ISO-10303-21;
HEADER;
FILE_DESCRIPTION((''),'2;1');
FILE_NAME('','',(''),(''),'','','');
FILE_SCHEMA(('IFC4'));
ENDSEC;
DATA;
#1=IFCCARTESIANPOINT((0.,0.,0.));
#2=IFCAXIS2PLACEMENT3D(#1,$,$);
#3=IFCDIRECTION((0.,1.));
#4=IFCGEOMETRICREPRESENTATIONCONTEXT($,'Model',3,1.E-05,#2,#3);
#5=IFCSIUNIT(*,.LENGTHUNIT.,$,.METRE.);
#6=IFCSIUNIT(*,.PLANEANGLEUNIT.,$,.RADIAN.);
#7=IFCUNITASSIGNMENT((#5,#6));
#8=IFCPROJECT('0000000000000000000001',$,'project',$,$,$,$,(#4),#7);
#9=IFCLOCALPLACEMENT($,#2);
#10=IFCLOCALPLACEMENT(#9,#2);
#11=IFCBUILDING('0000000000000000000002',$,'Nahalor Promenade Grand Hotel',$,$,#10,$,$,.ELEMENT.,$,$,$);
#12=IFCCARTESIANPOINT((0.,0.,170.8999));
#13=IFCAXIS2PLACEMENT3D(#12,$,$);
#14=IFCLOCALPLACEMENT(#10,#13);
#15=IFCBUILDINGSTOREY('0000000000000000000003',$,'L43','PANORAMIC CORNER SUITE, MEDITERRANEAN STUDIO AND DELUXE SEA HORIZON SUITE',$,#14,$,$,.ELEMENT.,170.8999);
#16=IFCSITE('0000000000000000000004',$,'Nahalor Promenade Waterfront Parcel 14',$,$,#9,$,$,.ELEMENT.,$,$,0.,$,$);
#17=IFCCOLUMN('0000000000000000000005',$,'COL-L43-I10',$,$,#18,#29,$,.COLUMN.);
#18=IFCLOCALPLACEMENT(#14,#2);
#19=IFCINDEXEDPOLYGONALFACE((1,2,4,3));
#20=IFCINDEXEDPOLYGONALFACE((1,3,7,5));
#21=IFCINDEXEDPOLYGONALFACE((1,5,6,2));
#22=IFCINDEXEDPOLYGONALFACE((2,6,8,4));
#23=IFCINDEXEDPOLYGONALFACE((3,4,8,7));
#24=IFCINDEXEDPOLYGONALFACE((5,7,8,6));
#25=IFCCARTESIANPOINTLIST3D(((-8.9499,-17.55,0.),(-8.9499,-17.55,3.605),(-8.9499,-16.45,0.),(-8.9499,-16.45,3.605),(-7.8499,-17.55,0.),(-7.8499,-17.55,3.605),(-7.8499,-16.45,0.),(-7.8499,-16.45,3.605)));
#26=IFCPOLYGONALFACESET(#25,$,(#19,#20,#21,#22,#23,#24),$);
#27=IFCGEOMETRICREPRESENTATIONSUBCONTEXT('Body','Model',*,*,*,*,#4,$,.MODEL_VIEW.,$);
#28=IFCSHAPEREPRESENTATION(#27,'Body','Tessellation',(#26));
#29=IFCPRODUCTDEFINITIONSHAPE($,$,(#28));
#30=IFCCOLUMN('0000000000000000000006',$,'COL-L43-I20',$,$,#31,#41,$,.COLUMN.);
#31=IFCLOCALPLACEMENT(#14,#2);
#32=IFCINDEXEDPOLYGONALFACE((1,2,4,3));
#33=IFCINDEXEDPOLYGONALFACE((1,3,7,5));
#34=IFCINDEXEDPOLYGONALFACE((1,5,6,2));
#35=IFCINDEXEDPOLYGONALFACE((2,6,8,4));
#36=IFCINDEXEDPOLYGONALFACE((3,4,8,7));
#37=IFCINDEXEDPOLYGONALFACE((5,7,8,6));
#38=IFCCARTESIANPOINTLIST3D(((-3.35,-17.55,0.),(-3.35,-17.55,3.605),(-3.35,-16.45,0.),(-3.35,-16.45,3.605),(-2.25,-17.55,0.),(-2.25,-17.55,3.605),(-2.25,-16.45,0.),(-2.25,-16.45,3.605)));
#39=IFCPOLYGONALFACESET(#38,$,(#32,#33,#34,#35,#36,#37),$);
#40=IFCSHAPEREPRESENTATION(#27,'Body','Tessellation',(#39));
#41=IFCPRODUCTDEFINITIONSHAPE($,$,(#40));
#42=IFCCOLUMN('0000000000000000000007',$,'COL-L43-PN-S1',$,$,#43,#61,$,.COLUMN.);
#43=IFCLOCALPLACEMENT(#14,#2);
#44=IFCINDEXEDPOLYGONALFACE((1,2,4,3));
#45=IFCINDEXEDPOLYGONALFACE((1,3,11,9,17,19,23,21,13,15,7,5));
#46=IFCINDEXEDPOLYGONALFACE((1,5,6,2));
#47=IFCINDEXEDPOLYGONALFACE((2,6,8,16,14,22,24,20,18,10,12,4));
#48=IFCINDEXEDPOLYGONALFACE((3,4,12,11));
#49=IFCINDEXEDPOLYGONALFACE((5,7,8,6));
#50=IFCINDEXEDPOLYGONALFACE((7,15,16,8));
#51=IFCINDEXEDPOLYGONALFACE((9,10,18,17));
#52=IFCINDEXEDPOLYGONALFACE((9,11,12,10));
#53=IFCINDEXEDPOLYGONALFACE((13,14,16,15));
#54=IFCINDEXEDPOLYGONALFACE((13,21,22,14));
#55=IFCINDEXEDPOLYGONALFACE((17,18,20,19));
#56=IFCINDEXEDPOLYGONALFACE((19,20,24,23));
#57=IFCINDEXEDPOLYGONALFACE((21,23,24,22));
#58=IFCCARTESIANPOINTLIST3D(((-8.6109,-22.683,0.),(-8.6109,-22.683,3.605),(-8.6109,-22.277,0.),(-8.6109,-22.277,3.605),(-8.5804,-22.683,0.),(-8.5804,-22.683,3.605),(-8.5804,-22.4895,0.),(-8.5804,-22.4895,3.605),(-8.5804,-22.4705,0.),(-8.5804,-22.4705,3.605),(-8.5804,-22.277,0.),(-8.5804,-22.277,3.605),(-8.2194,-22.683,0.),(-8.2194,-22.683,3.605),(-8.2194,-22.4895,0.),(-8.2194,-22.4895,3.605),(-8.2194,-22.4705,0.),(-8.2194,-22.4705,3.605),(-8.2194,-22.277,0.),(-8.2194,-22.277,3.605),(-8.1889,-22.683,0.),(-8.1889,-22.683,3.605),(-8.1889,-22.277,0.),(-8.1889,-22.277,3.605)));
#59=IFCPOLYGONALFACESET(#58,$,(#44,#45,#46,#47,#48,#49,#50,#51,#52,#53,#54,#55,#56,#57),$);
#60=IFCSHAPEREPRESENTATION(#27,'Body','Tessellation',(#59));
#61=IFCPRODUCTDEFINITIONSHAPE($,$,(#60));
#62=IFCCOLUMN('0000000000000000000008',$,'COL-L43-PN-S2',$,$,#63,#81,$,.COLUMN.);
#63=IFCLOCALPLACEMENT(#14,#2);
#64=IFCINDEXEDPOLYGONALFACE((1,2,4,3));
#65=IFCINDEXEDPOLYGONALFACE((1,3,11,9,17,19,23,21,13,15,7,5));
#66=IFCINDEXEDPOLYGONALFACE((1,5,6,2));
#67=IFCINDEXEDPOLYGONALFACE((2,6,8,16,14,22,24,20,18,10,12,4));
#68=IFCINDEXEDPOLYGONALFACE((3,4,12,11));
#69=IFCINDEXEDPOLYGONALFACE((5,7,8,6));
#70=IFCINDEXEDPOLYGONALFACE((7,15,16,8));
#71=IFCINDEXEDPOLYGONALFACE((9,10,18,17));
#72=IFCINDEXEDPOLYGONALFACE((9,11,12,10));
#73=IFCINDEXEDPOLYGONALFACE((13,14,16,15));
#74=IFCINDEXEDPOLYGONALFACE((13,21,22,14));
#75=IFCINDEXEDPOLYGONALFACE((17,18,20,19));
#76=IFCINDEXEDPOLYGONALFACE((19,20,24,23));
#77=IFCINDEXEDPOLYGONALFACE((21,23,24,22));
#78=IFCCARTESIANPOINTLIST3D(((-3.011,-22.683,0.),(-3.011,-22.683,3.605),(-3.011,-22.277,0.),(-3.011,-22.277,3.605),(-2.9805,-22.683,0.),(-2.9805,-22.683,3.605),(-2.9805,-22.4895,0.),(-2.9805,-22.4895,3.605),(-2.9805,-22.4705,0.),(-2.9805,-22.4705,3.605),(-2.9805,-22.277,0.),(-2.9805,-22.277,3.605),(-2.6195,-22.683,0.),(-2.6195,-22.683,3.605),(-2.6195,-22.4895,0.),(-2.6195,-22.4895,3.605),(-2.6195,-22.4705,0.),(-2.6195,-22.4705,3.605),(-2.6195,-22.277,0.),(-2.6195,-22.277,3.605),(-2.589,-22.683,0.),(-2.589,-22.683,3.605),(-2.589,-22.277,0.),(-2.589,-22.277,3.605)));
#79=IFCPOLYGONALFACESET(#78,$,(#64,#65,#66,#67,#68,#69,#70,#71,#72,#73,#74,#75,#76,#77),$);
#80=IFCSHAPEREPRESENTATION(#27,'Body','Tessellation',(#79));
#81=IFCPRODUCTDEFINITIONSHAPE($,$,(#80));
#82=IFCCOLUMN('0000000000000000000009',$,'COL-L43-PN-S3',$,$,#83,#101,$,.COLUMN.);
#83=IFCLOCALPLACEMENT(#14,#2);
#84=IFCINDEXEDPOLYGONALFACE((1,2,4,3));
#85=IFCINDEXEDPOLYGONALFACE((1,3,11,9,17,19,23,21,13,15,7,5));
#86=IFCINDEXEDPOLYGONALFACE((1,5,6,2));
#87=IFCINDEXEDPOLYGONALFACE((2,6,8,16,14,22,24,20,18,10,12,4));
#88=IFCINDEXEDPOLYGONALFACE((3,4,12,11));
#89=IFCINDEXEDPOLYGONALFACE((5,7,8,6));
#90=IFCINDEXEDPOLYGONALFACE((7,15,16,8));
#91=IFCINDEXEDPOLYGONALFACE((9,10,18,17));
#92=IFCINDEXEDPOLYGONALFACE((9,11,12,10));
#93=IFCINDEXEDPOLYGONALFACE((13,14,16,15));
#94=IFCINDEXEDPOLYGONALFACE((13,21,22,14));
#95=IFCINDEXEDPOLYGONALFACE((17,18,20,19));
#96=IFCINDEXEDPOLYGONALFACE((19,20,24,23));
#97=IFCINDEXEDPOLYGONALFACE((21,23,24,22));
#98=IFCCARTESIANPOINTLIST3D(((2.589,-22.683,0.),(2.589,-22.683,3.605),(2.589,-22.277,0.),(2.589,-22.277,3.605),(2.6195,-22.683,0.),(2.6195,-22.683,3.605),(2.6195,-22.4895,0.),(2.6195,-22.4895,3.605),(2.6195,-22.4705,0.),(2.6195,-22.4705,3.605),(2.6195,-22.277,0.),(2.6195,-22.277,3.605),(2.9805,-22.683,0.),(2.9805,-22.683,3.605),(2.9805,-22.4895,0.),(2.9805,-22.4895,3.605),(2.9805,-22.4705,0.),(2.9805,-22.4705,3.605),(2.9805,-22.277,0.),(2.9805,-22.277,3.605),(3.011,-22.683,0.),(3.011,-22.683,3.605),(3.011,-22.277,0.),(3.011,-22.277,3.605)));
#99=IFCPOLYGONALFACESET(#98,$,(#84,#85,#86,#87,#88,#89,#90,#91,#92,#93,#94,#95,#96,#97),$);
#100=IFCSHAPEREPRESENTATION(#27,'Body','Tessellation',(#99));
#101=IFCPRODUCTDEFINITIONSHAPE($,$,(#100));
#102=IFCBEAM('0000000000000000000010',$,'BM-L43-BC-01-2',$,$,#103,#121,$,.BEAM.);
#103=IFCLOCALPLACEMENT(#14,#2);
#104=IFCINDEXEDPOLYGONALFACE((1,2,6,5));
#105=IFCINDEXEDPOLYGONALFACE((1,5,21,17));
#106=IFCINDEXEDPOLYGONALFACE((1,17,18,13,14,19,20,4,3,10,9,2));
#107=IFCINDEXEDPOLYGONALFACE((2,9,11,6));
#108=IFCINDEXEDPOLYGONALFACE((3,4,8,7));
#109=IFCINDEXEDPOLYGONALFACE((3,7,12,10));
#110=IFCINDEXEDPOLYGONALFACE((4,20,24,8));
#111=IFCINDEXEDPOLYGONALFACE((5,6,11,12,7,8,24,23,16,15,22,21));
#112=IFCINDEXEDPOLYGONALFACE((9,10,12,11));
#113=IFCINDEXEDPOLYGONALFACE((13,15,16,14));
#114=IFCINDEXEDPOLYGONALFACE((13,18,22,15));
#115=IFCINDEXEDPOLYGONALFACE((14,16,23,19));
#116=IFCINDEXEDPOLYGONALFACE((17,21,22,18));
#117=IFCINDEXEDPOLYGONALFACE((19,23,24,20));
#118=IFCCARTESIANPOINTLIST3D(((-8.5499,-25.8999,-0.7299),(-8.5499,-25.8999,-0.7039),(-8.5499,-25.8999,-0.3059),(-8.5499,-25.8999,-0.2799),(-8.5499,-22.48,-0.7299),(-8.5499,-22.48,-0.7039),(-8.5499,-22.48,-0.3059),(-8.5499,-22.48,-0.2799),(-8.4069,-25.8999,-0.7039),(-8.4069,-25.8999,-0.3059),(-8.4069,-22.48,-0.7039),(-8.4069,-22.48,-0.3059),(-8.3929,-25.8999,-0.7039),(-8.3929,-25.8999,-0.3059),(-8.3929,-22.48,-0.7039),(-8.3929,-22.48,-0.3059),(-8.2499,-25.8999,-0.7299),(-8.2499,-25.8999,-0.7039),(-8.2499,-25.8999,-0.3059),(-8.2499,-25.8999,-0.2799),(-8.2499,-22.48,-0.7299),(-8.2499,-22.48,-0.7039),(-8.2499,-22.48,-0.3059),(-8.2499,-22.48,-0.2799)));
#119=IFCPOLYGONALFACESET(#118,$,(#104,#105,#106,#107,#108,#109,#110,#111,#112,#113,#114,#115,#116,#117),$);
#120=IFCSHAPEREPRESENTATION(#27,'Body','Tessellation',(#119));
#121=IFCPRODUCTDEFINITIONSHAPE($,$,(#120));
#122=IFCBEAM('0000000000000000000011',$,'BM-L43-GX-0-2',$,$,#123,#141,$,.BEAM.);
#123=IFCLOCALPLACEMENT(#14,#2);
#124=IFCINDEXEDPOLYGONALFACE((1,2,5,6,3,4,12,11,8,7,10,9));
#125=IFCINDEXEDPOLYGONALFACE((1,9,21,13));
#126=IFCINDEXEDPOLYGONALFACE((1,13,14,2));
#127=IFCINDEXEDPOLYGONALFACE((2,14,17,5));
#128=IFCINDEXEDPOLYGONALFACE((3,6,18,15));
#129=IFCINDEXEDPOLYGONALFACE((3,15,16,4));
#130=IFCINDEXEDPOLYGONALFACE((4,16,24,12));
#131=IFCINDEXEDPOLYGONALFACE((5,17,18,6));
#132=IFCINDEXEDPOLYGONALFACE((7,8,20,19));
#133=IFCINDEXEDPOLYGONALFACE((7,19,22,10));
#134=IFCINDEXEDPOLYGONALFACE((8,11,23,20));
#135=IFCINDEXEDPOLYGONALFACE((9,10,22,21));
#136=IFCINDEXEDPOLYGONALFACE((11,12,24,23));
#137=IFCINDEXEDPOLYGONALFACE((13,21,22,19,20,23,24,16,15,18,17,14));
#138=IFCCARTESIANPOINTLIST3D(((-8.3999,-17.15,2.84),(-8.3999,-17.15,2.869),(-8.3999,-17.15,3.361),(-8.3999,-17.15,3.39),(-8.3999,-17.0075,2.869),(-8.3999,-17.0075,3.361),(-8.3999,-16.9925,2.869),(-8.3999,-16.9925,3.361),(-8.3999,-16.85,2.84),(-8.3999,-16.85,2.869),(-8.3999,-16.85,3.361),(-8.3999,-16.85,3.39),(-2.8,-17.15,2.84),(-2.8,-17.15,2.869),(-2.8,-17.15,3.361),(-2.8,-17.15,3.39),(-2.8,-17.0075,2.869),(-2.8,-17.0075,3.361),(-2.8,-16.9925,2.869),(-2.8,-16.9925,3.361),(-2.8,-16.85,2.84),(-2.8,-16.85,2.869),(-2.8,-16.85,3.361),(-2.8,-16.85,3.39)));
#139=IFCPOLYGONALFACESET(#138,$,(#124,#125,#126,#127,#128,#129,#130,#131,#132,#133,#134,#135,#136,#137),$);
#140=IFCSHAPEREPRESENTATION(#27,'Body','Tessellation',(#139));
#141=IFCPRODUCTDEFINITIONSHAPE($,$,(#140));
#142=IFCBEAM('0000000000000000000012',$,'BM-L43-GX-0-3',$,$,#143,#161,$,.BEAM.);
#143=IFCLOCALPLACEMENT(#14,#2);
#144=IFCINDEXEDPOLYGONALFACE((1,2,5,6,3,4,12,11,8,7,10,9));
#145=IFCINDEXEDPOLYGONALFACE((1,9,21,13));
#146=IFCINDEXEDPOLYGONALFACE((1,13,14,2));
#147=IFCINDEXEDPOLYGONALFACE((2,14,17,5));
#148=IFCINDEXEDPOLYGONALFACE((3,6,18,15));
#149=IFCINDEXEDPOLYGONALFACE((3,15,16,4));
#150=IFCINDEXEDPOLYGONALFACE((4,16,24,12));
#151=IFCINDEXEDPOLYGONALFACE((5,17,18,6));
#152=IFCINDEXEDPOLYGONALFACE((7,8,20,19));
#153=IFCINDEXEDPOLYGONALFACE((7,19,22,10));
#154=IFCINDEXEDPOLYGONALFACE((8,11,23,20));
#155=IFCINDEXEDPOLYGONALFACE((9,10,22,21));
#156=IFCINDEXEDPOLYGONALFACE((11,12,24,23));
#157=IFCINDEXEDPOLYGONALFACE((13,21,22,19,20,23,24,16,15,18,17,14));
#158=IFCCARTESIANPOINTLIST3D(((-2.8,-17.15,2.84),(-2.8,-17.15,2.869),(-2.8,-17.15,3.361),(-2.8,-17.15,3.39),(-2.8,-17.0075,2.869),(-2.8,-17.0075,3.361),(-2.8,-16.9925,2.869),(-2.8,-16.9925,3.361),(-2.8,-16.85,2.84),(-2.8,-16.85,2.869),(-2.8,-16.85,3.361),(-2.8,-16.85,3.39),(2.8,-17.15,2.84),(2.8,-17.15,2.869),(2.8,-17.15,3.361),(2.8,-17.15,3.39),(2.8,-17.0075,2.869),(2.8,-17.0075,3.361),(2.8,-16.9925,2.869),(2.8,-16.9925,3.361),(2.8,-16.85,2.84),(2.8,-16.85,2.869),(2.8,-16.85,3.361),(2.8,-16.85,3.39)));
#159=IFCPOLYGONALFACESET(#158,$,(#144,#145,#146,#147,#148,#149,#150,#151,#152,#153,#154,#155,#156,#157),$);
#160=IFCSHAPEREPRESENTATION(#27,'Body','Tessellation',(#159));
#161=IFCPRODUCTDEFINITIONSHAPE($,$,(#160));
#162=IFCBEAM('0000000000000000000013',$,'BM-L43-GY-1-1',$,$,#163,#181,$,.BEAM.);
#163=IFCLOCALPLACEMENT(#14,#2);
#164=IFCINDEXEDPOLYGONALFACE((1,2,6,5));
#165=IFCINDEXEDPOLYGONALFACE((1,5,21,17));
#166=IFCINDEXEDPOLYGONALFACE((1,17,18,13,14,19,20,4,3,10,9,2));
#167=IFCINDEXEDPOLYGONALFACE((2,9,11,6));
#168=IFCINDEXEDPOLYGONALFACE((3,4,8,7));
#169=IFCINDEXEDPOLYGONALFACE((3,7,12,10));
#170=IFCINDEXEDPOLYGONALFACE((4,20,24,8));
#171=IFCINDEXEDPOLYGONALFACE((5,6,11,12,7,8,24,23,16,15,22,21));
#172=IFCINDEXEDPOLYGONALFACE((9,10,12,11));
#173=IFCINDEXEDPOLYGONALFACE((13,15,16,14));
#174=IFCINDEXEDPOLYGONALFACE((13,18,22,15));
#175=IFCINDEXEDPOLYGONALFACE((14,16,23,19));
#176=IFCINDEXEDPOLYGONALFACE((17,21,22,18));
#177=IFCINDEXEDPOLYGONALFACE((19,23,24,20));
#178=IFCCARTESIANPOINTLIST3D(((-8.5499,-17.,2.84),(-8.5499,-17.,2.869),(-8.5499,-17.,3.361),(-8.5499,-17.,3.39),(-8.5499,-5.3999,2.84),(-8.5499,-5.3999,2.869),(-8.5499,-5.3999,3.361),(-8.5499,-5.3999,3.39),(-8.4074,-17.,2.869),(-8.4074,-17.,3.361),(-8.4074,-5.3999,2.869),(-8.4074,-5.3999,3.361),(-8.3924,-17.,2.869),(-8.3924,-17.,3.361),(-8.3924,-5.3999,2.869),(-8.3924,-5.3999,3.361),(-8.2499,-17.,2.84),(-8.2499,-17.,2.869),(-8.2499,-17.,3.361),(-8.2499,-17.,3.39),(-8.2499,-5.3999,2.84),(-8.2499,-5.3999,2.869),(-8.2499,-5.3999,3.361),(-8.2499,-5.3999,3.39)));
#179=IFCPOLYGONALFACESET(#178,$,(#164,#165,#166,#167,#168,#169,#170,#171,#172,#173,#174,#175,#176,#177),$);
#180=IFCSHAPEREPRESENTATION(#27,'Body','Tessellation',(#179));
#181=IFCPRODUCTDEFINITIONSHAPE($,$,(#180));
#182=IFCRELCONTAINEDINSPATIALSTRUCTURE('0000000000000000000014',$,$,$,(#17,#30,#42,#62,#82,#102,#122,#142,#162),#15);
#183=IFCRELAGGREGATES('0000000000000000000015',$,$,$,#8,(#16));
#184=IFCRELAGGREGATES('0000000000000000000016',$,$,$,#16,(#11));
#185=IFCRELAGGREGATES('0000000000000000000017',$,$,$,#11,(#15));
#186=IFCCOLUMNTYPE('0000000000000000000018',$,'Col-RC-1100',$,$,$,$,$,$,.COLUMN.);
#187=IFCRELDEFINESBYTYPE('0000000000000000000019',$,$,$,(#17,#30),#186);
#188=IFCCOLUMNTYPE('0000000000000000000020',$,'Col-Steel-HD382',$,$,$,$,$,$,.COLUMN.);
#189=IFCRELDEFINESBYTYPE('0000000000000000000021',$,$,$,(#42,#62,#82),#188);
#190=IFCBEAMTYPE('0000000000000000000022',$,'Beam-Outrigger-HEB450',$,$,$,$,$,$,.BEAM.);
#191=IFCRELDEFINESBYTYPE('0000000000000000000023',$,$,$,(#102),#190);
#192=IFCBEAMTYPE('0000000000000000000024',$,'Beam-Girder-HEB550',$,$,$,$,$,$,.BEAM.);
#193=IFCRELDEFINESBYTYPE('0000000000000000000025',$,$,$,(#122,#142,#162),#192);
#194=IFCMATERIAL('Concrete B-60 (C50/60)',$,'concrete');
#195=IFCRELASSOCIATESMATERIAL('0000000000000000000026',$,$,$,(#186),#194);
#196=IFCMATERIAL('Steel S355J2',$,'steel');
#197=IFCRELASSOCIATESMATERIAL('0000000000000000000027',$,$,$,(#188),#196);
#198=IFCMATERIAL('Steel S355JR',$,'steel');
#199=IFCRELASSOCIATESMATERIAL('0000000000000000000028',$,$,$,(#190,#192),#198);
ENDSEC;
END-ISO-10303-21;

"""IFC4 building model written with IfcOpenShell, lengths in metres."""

from ifc_helpers import new_model, si_unit, direction, frame, origin, origin_2d, place, context, subcontext, project, spatial, rectangle, i_section, extrude, source, transform, mapped, material, material_profile, profile_set, type_object, element, save


model = new_model("IFC4")

# Units and contexts
model_context = context("Model", 3, precision=1e-05, world=origin(), true_north=direction((0.0, 1.0)))
body_context = subcontext(model_context, "Body", "Model", "MODEL_VIEW")
ifc_project = project(units=[si_unit("LENGTHUNIT", "METRE"), si_unit("PLANEANGLEUNIT", "RADIAN")], contexts=[model_context])

# Site, building, storey
site_placement = place(None, origin())
site = spatial("IfcSite", under=ifc_project, at=site_placement, Name="Nahalor Promenade Waterfront Parcel 14", CompositionType="ELEMENT", RefElevation=0.0)
building_placement = place(site_placement, origin())
building = spatial("IfcBuilding", under=site, at=building_placement, Name="Nahalor Promenade Grand Hotel", CompositionType="ELEMENT")
storey_placement = place(building_placement, frame((0.0, 0.0, 170.8999)))
storey = spatial("IfcBuildingStorey", under=building, at=storey_placement, Name="L43", Description="PANORAMIC CORNER SUITE, MEDITERRANEAN STUDIO AND DELUXE SEA HORIZON SUITE", CompositionType="ELEMENT", Elevation=170.8999)

# Columns
ifc_material_1 = material(Name="Concrete B-60 (C50/60)", Category="concrete")
ifc_material_profile_1 = material_profile(ifc_material_1, rectangle(XDim=1.1, YDim=1.1, at=origin_2d()), Name="RC 1100x1100")
ifc_profile_set_1 = profile_set([ifc_material_profile_1], Name="Concrete B-60 (C50/60)")
column_type_1 = type_object("IfcColumnType", Name="Col-RC-1100", PredefinedType="COLUMN", material=ifc_profile_set_1)
shared_shape_1 = source(origin(), body_context, "Body", "SweptSolid", [
    extrude(rectangle(XDim=1.1, YDim=1.1, at=origin_2d()), origin(), (0.0, 0.0, 1.0), 3.605),
])
for number, where, z_axis, x_axis, name in (
    (1, (-8.3999, -17.0, 0.0), (0.0, 0.0, 1.0), (1.0, 0.0, 0.0), "COL-L43-I10"),
    (2, (-2.8, -17.0, 0.0), (0.0, 0.0, 1.0), (1.0, 0.0, 0.0), "COL-L43-I20"),
):
    element("IfcColumn", number, at=place(storey_placement, frame(where, z_axis=z_axis, x_axis=x_axis)), inside=storey, type_object=column_type_1, Name=name, PredefinedType="COLUMN", context=body_context, shape_type="MappedRepresentation", body=[
        mapped(shared_shape_1, transform((0.0, 0.0, 0.0), scale=1.0)),
    ])
ifc_material_2 = material(Name="Steel S355J2", Category="steel")
ifc_material_profile_2 = material_profile(ifc_material_2, i_section(OverallWidth=0.406, OverallDepth=0.422, WebThickness=0.019, FlangeThickness=0.0305, at=origin_2d()), Name="HD 400x382")
ifc_profile_set_2 = profile_set([ifc_material_profile_2], Name="Steel S355J2")
column_type_2 = type_object("IfcColumnType", Name="Col-Steel-HD382", PredefinedType="COLUMN", material=ifc_profile_set_2)
shared_shape_2 = source(origin(), body_context, "Body", "SweptSolid", [
    extrude(i_section(OverallWidth=0.406, OverallDepth=0.422, WebThickness=0.019, FlangeThickness=0.0305, at=origin_2d()), origin(), (0.0, 0.0, 1.0), 3.605),
])
for number, where, z_axis, x_axis, name in (
    (3, (-8.3999, -22.48, 0.0), (0.0, 0.0, 1.0), (0.0, 1.0, 0.0), "COL-L43-PN-S1"),
    (4, (-2.8, -22.48, 0.0), (0.0, 0.0, 1.0), (0.0, 1.0, 0.0), "COL-L43-PN-S2"),
    (5, (2.8, -22.48, 0.0), (0.0, 0.0, 1.0), (0.0, 1.0, 0.0), "COL-L43-PN-S3"),
):
    element("IfcColumn", number, at=place(storey_placement, frame(where, z_axis=z_axis, x_axis=x_axis)), inside=storey, type_object=column_type_2, Name=name, PredefinedType="COLUMN", context=body_context, shape_type="MappedRepresentation", body=[
        mapped(shared_shape_2, transform((0.0, 0.0, 0.0), scale=1.0)),
    ])

# Beams
ifc_material_3 = material(Name="Steel S355JR", Category="steel")
ifc_material_profile_3 = material_profile(ifc_material_3, i_section(OverallWidth=0.3, OverallDepth=0.45, WebThickness=0.014, FlangeThickness=0.026, at=origin_2d()), Name="HEB 450")
ifc_profile_set_3 = profile_set([ifc_material_profile_3], Name="Steel S355JR")
beam_type_1 = type_object("IfcBeamType", Name="Beam-Outrigger-HEB450", PredefinedType="BEAM", material=ifc_profile_set_3)
shared_shape_3 = source(origin(), body_context, "Body", "SweptSolid", [
    extrude(i_section(OverallWidth=0.3, OverallDepth=0.45, WebThickness=0.014, FlangeThickness=0.026, at=origin_2d()), origin(), (0.0, 0.0, 1.0), 3.4199),
])
beam_1_placement = place(storey_placement, frame((-8.3999, -25.8999, -0.5049), z_axis=(0.0, 1.0, 0.0), x_axis=(-1.0, 0.0, 0.0)))
element("IfcBeam", 6, at=beam_1_placement, inside=storey, type_object=beam_type_1, Name="BM-L43-BC-01-2", PredefinedType="BEAM", context=body_context, shape_type="MappedRepresentation", body=[
    mapped(shared_shape_3, transform((0.0, 0.0, 0.0), scale=1.0)),
])
ifc_material_profile_4 = material_profile(ifc_material_3, i_section(OverallWidth=0.3, OverallDepth=0.55, WebThickness=0.015, FlangeThickness=0.029, at=origin_2d()), Name="HEB 550")
ifc_profile_set_4 = profile_set([ifc_material_profile_4], Name="Steel S355JR")
beam_type_2 = type_object("IfcBeamType", Name="Beam-Girder-HEB550", PredefinedType="BEAM", material=ifc_profile_set_4)
shared_shape_4 = source(origin(), body_context, "Body", "SweptSolid", [
    extrude(i_section(OverallWidth=0.3, OverallDepth=0.55, WebThickness=0.015, FlangeThickness=0.029, at=origin_2d()), origin(), (0.0, 0.0, 1.0), 5.5999),
])
beam_2_placement = place(storey_placement, frame((-8.3999, -17.0, 3.115), z_axis=(1.0, 0.0, 0.0), x_axis=(0.0, 1.0, 0.0)))
element("IfcBeam", 7, at=beam_2_placement, inside=storey, type_object=beam_type_2, Name="BM-L43-GX-0-2", PredefinedType="BEAM", context=body_context, shape_type="MappedRepresentation", body=[
    mapped(shared_shape_4, transform((0.0, 0.0, 0.0), scale=1.0)),
])
shared_shape_5 = source(origin(), body_context, "Body", "SweptSolid", [
    extrude(i_section(OverallWidth=0.3, OverallDepth=0.55, WebThickness=0.015, FlangeThickness=0.029, at=origin_2d()), origin(), (0.0, 0.0, 1.0), 5.6001),
])
beam_3_placement = place(storey_placement, frame((-2.8, -17.0, 3.115), z_axis=(1.0, 0.0, 0.0), x_axis=(0.0, 1.0, 0.0)))
element("IfcBeam", 8, at=beam_3_placement, inside=storey, type_object=beam_type_2, Name="BM-L43-GX-0-3", PredefinedType="BEAM", context=body_context, shape_type="MappedRepresentation", body=[
    mapped(shared_shape_5, transform((0.0, 0.0, 0.0), scale=1.0)),
])
shared_shape_6 = source(origin(), body_context, "Body", "SweptSolid", [
    extrude(i_section(OverallWidth=0.3, OverallDepth=0.55, WebThickness=0.015, FlangeThickness=0.029, at=origin_2d()), origin(), (0.0, 0.0, 1.0), 11.6001),
])
beam_4_placement = place(storey_placement, frame((-8.3999, -17.0, 3.115), z_axis=(0.0, 1.0, 0.0), x_axis=(-1.0, 0.0, 0.0)))
element("IfcBeam", 9, at=beam_4_placement, inside=storey, type_object=beam_type_2, Name="BM-L43-GY-1-1", PredefinedType="BEAM", context=body_context, shape_type="MappedRepresentation", body=[
    mapped(shared_shape_6, transform((0.0, 0.0, 0.0), scale=1.0)),
])

save(model, "model.ifc")
